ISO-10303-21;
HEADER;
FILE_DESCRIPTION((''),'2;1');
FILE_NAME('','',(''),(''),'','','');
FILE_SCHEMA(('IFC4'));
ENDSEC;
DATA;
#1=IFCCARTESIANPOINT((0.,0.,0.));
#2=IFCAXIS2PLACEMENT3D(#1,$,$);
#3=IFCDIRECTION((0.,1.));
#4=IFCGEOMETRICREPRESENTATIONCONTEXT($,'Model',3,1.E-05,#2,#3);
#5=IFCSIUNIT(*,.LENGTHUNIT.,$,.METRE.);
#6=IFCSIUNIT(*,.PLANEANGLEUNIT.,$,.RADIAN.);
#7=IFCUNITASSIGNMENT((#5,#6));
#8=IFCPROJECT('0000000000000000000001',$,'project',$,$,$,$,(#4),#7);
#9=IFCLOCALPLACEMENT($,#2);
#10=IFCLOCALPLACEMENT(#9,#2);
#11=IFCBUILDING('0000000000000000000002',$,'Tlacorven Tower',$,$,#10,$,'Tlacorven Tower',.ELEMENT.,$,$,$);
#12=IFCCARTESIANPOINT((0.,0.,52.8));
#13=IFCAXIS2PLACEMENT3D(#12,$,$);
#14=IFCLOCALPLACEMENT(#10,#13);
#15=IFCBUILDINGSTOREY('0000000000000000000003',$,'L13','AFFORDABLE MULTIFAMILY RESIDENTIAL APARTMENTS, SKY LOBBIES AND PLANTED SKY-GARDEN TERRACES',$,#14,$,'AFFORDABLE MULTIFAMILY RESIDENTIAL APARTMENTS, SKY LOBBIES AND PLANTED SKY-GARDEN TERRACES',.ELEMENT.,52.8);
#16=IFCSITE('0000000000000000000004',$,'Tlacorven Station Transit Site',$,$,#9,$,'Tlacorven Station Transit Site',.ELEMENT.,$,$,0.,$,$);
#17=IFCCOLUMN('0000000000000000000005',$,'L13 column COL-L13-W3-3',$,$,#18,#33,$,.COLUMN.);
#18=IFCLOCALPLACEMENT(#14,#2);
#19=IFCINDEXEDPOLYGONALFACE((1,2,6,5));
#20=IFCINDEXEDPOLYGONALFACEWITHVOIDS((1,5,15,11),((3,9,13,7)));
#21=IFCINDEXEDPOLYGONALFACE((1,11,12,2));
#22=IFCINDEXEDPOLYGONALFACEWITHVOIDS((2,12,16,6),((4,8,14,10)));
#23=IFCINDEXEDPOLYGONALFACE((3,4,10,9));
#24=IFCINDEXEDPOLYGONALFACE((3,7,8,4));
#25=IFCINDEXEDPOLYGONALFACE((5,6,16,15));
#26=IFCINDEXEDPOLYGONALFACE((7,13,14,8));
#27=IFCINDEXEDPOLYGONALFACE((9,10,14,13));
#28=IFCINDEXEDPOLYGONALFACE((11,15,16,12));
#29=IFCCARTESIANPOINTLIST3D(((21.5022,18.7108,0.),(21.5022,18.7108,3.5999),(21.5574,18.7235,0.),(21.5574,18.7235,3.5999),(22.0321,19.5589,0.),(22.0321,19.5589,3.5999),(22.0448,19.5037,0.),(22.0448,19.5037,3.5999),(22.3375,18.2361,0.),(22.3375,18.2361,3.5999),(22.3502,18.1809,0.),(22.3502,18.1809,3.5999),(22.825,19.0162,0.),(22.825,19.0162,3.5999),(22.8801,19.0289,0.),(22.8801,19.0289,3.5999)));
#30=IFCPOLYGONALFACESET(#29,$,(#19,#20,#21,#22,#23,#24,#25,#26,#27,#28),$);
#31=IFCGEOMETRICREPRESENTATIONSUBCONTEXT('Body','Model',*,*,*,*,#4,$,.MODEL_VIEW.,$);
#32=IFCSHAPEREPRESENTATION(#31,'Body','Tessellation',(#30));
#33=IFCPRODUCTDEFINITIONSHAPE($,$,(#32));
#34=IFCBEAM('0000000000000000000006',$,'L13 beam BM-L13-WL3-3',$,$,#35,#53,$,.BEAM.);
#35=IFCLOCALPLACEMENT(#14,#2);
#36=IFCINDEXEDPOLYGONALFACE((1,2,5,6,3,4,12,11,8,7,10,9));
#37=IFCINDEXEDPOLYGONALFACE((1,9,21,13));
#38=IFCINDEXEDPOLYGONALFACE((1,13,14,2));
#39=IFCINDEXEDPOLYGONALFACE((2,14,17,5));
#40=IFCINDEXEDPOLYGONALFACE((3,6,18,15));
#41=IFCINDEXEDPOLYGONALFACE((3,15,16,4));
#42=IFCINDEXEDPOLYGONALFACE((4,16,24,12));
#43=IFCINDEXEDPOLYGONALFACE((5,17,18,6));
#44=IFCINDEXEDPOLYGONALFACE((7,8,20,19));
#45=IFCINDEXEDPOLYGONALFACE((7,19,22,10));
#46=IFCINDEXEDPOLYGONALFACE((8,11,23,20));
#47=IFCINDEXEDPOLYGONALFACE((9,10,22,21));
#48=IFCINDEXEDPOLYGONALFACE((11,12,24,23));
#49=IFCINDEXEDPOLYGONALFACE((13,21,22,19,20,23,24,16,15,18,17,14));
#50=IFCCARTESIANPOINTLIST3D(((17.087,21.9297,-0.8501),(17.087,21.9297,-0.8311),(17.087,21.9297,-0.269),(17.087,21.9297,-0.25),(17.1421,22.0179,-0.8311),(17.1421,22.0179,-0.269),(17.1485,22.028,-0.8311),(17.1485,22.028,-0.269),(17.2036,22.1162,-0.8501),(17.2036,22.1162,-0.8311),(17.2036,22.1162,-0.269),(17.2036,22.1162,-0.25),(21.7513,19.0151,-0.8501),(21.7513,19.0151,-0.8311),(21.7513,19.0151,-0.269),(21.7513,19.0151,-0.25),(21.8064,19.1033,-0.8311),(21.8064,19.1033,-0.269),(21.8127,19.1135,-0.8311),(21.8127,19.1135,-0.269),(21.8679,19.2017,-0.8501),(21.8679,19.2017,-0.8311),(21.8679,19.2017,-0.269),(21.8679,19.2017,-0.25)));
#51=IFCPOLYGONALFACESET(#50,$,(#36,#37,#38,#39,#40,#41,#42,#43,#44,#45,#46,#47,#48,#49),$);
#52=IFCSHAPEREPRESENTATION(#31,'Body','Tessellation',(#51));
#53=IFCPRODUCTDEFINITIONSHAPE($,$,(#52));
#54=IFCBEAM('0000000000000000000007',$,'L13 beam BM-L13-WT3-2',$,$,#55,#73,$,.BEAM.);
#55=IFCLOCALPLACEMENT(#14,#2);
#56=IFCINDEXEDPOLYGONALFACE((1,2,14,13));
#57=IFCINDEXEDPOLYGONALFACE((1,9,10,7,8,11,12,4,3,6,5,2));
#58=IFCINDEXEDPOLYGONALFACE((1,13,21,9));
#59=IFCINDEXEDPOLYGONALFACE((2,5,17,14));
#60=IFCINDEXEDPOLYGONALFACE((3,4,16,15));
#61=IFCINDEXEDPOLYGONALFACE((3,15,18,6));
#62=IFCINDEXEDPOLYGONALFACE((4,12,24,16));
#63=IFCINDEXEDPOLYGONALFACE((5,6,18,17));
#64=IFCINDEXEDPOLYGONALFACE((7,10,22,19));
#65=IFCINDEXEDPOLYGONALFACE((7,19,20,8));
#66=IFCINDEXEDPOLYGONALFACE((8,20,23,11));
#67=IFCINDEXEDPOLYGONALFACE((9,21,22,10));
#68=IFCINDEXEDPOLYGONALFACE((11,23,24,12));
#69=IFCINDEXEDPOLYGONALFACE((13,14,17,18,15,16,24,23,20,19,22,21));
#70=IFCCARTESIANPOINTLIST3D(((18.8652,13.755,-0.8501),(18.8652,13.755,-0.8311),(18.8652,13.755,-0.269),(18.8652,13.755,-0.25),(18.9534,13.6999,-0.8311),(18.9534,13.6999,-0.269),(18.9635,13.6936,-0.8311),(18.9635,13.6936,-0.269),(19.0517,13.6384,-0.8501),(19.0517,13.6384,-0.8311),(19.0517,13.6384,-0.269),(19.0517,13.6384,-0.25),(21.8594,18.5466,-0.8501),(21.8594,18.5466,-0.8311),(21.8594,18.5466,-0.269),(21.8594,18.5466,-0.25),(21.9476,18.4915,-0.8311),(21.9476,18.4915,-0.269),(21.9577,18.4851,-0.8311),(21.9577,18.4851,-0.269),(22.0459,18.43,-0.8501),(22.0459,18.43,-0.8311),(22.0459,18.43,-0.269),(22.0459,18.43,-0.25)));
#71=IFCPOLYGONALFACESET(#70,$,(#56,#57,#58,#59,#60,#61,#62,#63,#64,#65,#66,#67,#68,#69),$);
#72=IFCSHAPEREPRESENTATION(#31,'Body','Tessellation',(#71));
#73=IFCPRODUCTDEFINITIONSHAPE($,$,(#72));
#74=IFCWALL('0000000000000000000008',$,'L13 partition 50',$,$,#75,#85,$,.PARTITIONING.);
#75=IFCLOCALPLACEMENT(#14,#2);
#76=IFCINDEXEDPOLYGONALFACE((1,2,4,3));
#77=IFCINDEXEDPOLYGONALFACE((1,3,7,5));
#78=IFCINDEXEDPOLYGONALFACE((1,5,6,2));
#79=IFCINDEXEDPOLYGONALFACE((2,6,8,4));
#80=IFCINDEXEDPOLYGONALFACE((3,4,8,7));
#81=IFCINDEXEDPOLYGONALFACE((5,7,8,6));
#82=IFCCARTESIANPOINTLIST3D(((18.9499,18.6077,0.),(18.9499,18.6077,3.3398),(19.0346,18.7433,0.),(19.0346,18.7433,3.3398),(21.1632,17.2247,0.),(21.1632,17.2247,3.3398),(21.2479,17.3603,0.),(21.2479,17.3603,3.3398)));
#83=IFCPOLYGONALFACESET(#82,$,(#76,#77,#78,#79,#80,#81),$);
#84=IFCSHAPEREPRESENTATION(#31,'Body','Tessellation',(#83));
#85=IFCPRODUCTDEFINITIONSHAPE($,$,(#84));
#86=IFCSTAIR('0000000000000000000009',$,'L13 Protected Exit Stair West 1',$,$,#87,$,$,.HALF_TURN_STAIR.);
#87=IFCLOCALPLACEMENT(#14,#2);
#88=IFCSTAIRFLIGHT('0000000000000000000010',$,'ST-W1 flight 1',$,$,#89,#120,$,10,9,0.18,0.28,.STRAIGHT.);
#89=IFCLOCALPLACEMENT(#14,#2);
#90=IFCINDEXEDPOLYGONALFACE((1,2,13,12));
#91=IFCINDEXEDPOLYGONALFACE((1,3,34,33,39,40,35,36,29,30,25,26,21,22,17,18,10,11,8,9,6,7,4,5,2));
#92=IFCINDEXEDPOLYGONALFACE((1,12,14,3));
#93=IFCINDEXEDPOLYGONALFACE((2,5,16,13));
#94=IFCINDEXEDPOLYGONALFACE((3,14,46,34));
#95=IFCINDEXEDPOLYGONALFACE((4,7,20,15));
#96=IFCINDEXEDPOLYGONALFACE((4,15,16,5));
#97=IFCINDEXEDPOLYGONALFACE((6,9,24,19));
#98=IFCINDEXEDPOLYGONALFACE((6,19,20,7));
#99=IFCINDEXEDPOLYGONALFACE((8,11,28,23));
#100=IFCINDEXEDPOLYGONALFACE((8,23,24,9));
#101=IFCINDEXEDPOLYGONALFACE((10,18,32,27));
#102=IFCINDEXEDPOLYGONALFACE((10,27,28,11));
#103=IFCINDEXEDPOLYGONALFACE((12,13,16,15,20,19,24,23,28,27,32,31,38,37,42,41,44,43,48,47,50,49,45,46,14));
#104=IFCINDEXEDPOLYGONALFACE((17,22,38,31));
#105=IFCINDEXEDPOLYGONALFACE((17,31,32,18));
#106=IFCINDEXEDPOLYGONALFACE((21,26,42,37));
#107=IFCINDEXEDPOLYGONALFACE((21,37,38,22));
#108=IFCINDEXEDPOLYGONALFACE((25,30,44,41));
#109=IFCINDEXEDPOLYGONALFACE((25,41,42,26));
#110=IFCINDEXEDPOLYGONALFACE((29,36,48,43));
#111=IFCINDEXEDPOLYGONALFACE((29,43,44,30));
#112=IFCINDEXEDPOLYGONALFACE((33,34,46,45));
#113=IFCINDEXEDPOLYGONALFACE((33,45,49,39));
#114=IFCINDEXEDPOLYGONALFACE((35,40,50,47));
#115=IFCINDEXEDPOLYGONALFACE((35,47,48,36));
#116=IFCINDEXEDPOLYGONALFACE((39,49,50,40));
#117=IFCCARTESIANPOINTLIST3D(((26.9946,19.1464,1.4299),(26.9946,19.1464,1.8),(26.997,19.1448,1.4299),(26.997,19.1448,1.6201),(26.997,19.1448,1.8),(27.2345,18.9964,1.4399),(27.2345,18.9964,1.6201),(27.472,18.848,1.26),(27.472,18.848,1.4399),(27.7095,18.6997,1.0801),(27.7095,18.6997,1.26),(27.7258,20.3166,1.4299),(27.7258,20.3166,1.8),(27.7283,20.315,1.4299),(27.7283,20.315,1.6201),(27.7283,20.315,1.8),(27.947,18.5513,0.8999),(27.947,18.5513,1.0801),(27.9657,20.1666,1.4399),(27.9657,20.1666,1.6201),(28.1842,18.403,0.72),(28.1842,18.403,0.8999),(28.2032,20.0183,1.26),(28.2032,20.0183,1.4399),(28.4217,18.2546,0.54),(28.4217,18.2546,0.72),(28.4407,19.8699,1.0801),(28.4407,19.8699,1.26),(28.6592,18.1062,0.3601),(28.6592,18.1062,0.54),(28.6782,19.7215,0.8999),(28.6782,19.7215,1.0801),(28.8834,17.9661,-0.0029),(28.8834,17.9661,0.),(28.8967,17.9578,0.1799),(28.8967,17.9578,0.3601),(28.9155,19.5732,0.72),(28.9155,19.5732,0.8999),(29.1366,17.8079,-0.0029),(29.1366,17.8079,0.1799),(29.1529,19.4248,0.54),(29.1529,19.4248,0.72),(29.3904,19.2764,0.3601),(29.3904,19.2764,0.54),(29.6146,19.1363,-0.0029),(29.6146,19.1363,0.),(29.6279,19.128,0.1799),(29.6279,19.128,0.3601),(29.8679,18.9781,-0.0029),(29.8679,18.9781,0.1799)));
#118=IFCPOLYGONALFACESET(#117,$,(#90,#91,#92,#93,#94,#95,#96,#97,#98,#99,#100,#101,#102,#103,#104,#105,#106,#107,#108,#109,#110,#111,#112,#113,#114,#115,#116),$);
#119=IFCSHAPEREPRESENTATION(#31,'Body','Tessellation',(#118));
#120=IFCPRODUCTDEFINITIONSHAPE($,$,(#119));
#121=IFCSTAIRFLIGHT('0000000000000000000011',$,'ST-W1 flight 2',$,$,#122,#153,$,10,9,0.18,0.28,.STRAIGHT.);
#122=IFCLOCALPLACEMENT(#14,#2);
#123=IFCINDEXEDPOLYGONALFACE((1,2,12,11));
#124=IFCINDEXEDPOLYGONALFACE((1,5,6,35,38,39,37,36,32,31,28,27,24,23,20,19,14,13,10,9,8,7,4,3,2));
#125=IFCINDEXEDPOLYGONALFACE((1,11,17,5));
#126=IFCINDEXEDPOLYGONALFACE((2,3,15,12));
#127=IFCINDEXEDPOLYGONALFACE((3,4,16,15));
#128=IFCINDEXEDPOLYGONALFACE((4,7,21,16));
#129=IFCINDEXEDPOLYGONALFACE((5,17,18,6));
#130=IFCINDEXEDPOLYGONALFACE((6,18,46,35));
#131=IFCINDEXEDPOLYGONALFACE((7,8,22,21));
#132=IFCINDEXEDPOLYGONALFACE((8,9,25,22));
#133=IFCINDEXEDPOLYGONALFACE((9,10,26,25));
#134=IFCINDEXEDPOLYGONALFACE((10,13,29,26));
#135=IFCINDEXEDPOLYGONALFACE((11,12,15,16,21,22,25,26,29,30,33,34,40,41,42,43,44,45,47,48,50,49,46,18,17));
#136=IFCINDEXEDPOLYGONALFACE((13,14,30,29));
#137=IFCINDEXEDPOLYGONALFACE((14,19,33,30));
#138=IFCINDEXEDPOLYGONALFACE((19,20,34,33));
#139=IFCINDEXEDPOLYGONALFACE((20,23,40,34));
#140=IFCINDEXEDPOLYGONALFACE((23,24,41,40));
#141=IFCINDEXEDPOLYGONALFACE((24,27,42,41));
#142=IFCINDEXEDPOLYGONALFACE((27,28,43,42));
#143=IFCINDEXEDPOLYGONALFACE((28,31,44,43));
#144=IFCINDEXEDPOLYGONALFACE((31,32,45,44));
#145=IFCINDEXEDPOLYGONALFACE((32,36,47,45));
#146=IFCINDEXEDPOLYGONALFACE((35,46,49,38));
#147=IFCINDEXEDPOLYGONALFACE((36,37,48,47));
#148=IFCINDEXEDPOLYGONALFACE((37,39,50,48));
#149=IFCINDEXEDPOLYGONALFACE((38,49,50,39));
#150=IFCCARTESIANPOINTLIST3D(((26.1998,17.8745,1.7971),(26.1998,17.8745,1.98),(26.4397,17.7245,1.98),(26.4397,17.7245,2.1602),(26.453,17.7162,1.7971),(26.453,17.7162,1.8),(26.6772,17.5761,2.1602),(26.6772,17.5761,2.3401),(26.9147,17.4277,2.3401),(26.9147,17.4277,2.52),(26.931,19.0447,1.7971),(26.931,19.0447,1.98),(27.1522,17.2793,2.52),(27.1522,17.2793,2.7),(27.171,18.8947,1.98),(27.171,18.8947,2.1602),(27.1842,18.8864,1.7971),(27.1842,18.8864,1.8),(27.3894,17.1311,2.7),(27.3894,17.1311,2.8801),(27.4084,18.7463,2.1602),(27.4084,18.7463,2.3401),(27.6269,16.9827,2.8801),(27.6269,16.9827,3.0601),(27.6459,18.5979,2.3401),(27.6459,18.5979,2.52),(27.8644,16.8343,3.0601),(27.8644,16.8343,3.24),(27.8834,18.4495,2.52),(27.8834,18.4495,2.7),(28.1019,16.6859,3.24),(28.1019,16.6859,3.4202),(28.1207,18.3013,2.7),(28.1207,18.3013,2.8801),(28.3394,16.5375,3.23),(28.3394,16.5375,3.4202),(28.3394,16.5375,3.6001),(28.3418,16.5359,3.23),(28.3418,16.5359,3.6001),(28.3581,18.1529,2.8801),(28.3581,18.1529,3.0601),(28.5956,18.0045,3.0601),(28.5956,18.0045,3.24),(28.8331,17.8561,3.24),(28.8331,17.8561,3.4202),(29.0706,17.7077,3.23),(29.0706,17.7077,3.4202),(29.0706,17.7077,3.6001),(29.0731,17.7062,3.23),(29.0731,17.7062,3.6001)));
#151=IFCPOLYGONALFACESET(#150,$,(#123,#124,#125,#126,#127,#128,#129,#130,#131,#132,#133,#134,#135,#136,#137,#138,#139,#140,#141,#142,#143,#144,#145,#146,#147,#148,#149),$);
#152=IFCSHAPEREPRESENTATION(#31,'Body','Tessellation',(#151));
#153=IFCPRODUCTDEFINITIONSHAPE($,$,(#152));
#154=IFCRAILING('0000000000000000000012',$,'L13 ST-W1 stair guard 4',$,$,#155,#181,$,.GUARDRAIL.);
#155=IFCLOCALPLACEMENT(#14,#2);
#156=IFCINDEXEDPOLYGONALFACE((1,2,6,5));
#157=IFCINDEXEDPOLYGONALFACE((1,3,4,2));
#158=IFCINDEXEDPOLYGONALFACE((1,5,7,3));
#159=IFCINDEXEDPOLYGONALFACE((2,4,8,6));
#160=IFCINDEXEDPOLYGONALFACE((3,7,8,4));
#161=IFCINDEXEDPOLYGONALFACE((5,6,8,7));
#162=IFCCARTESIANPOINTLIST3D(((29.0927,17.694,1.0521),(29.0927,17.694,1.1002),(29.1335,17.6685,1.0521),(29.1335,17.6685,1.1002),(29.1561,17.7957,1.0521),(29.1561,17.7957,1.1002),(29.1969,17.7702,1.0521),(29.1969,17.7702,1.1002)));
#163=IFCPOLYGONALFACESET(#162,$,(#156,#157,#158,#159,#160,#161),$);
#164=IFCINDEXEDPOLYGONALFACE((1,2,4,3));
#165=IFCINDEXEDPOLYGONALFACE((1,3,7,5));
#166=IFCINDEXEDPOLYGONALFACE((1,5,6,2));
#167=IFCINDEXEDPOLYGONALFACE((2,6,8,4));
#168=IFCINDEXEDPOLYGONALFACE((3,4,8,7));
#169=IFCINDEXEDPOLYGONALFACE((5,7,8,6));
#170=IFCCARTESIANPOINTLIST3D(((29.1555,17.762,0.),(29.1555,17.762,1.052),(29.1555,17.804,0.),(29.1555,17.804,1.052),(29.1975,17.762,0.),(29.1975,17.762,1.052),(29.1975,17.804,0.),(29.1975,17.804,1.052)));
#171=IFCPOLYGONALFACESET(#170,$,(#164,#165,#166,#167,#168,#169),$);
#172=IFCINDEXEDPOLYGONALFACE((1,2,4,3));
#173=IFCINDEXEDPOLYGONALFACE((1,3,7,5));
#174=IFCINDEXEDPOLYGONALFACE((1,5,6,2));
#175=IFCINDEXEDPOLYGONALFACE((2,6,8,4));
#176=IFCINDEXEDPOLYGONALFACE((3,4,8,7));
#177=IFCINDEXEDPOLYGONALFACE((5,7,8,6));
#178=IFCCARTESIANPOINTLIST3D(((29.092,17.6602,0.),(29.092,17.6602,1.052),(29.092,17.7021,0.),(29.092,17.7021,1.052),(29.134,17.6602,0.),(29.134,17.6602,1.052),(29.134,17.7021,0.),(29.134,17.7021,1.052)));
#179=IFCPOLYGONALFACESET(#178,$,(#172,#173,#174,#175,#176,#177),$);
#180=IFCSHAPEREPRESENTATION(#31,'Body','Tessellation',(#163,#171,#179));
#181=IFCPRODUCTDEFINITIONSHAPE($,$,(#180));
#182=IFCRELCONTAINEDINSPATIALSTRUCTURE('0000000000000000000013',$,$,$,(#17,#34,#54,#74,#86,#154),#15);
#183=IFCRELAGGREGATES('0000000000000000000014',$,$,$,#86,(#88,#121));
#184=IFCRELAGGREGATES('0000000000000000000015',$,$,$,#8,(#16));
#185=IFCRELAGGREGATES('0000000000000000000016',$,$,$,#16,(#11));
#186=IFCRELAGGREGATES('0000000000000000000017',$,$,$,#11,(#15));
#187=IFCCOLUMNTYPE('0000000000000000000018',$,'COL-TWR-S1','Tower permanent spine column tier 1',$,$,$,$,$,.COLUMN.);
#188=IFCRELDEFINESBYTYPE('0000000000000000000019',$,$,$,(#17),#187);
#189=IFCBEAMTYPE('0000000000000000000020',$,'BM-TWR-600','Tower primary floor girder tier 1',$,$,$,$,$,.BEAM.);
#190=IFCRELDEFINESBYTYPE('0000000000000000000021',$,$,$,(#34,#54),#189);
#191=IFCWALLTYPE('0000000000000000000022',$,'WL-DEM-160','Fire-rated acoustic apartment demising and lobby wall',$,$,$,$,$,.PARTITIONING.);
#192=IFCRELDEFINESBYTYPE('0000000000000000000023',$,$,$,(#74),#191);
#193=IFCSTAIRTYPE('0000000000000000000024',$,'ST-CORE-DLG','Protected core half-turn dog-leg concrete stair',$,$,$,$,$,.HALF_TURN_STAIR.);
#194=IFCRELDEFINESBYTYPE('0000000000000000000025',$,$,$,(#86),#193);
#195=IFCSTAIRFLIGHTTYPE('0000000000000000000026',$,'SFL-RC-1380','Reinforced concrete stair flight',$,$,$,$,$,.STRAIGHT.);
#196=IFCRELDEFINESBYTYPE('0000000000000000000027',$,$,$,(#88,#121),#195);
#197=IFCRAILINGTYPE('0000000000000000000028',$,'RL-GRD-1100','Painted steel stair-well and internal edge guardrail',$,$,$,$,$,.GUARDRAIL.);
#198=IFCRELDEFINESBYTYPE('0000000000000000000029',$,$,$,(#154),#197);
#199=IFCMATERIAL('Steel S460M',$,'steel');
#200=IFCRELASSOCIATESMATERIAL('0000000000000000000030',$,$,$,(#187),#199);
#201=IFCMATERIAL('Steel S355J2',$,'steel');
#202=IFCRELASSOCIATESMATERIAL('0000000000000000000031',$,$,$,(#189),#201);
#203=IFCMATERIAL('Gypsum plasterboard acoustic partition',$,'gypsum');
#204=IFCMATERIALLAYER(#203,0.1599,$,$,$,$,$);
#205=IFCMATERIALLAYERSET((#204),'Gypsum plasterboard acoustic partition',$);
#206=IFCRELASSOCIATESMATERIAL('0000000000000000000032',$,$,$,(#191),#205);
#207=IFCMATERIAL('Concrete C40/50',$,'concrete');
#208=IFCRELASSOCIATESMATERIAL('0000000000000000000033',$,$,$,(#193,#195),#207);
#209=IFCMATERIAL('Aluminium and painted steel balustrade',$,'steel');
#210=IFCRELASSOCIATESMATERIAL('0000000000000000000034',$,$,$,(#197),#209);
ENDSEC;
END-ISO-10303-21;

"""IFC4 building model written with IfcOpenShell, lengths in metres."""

from ifc_helpers import new_model, si_unit, direction, frame, frame_2d, origin, origin_2d, place, context, subcontext, project, spatial, polyline, rectangle, hollow_rectangle, i_section, outline, extrude, source, transform, mapped, material, layer, layer_set, material_profile, profile_set, type_object, element, aggregate, save


model = new_model("IFC4")

# Units and contexts
model_context = context("Model", 3, precision=1e-05, world=origin(), true_north=direction((0.0, 1.0)))
body_context = subcontext(model_context, "Body", "Model", "MODEL_VIEW")
ifc_project = project(units=[si_unit("LENGTHUNIT", "METRE"), si_unit("PLANEANGLEUNIT", "RADIAN")], contexts=[model_context])

# Site, building, storey
site_placement = place(None, origin())
site = spatial("IfcSite", under=ifc_project, at=site_placement, Name="Tlacorven Station Transit Site", LongName="Tlacorven Station Transit Site", CompositionType="ELEMENT", RefElevation=0.0)
building_placement = place(site_placement, origin())
building = spatial("IfcBuilding", under=site, at=building_placement, Name="Tlacorven Tower", LongName="Tlacorven Tower", CompositionType="ELEMENT")
storey_placement = place(building_placement, frame((0.0, 0.0, 52.8)))
storey = spatial("IfcBuildingStorey", under=building, at=storey_placement, Name="L13", Description="AFFORDABLE MULTIFAMILY RESIDENTIAL APARTMENTS, SKY LOBBIES AND PLANTED SKY-GARDEN TERRACES", LongName="AFFORDABLE MULTIFAMILY RESIDENTIAL APARTMENTS, SKY LOBBIES AND PLANTED SKY-GARDEN TERRACES", CompositionType="ELEMENT", Elevation=52.8)

# Column
ifc_material_1 = material(Name="Steel S460M", Category="steel")
ifc_material_profile_1 = material_profile(ifc_material_1, hollow_rectangle(XDim=1.0, YDim=1.0, WallThickness=0.04, at=origin_2d()), Name="BOX 1000X1000X40")
ifc_profile_set_1 = profile_set([ifc_material_profile_1], Name="Steel S460M")
column_type = type_object("IfcColumnType", Name="COL-TWR-S1", Description="Tower permanent spine column tier 1", PredefinedType="COLUMN", material=ifc_profile_set_1)
shared_shape_1 = source(origin(), body_context, "Body", "SweptSolid", [
    extrude(hollow_rectangle(XDim=1.0, YDim=1.0, WallThickness=0.04, at=origin_2d()), origin(), (0.0, 0.0, 1.0), 3.5999),
])
column_placement = place(storey_placement, frame((22.1912, 18.8699, 0.0), z_axis=(0.0, 0.0, 1.0), x_axis=(-0.848048, 0.529919, 0.0)))
element("IfcColumn", 1, at=column_placement, inside=storey, type_object=column_type, Name="L13 column COL-L13-W3-3", PredefinedType="COLUMN", context=body_context, shape_type="MappedRepresentation", body=[
    mapped(shared_shape_1, transform((0.0, 0.0, 0.0), scale=1.0)),
])

# Beams
ifc_material_2 = material(Name="Steel S355J2", Category="steel")
ifc_material_profile_2 = material_profile(ifc_material_2, i_section(OverallWidth=0.22, OverallDepth=0.6001, WebThickness=0.012, FlangeThickness=0.019, at=origin_2d()), Name="IPE 600")
ifc_profile_set_2 = profile_set([ifc_material_profile_2], Name="Steel S355J2")
beam_type = type_object("IfcBeamType", Name="BM-TWR-600", Description="Tower primary floor girder tier 1", PredefinedType="BEAM", material=ifc_profile_set_2)
shared_shape_2 = source(origin(), body_context, "Body", "SweptSolid", [
    extrude(i_section(OverallWidth=0.22, OverallDepth=0.6001, WebThickness=0.012, FlangeThickness=0.019, at=origin_2d()), origin(), (0.0, 0.0, 1.0), 5.5),
])
beam_1_placement = place(storey_placement, frame((21.8096, 19.1084, -0.55), z_axis=(-0.848051, 0.529915, 0.0), x_axis=(-0.529915, -0.848051, 0.0)))
element("IfcBeam", 2, at=beam_1_placement, inside=storey, type_object=beam_type, Name="L13 beam BM-L13-WL3-3", PredefinedType="BEAM", context=body_context, shape_type="MappedRepresentation", body=[
    mapped(shared_shape_2, transform((0.0, 0.0, 0.0), scale=1.0)),
])
shared_shape_3 = source(origin(), body_context, "Body", "SweptSolid", [
    extrude(i_section(OverallWidth=0.22, OverallDepth=0.6001, WebThickness=0.012, FlangeThickness=0.019, at=origin_2d()), origin(), (0.0, 0.0, 1.0), 5.6501),
])
beam_2_placement = place(storey_placement, frame((21.9526, 18.4883, -0.55), z_axis=(-0.529929, -0.848042, 0.0), x_axis=(0.848042, -0.529929, 0.0)))
element("IfcBeam", 3, at=beam_2_placement, inside=storey, type_object=beam_type, Name="L13 beam BM-L13-WT3-2", PredefinedType="BEAM", context=body_context, shape_type="MappedRepresentation", body=[
    mapped(shared_shape_3, transform((0.0, 0.0, 0.0), scale=1.0)),
])

# Wall
ifc_material_3 = material(Name="Gypsum plasterboard acoustic partition", Category="gypsum")
ifc_layer = layer(ifc_material_3, 0.1599)
ifc_layer_set = layer_set([ifc_layer], Name="Gypsum plasterboard acoustic partition")
wall_type = type_object("IfcWallType", Name="WL-DEM-160", Description="Fire-rated acoustic apartment demising and lobby wall", PredefinedType="PARTITIONING", material=ifc_layer_set)
wall_placement = place(storey_placement, frame((21.2056, 17.2925, 0.0), z_axis=(0.0, 0.0, 1.0), x_axis=(-0.848051, 0.529915, 0.0)))
element("IfcWall", 4, at=wall_placement, inside=storey, type_object=wall_type, Name="L13 partition 50", PredefinedType="PARTITIONING", context=body_context, shape_type="SweptSolid", body=[
    extrude(rectangle(XDim=2.6099, YDim=0.1599, at=frame_2d((1.3049, 0.0))), origin(), (0.0, 0.0, 1.0), 3.3398),
])

# Stair, stair flights
ifc_material_4 = material(Name="Concrete C40/50", Category="concrete")
stair_type = type_object("IfcStairType", Name="ST-CORE-DLG", Description="Protected core half-turn dog-leg concrete stair", PredefinedType="HALF_TURN_STAIR", material=ifc_material_4)
stair_placement = place(storey_placement, origin())
stair = element("IfcStair", 5, at=stair_placement, inside=storey, type_object=stair_type, Name="L13 Protected Exit Stair West 1", PredefinedType="HALF_TURN_STAIR")
stair_flight_type = type_object("IfcStairFlightType", Name="SFL-RC-1380", Description="Reinforced concrete stair flight", PredefinedType="STRAIGHT", material=ifc_material_4)
shared_shape_4 = source(origin(), body_context, "Body", "SweptSolid", [
    extrude(outline(polyline([(-0.0029, -0.0029), (-0.0029, 0.1799), (0.28, 0.1799), (0.28, 0.3601), (0.5601, 0.3601), (0.5601, 0.54), (0.8401, 0.54), (0.8401, 0.72), (1.1201, 0.72), (1.1201, 0.8999), (1.3999, 0.8999), (1.3999, 1.0801), (1.6799, 1.0801), (1.6799, 1.26), (1.96, 1.26), (1.96, 1.4399), (2.24, 1.4399), (2.24, 1.6201), (2.52, 1.6201), (2.52, 1.8), (2.5229, 1.8), (2.5229, 1.4299), (2.52, 1.4299), (0.2957, 0.0), (0.2957, -0.0029), (-0.0029, -0.0029)])), frame((0.0, 0.6899, 0.0), z_axis=(0.0, -1.0, 0.0), x_axis=(1.0, 0.0, 0.0)), (0.0, 0.0, 1.0), 1.3799),
])
stair_flight_1_placement = place(storey_placement, frame((29.4998, 18.3945, 0.0), z_axis=(0.0, 0.0, 1.0), x_axis=(-0.848048, 0.529919, 0.0)))
stair_flight_1 = element("IfcStairFlight", 6, at=stair_flight_1_placement, type_object=stair_flight_type, Name="ST-W1 flight 1", NumberOfRisers=10, NumberOfTreads=9, PredefinedType="STRAIGHT", RiserHeight=0.18, TreadLength=0.28, context=body_context, shape_type="MappedRepresentation", body=[
    mapped(shared_shape_4, transform((0.0, 0.0, 0.0), scale=1.0)),
])
stair_flight_2_placement = place(storey_placement, frame((26.5679, 18.458, 1.8), z_axis=(0.0, 0.0, 1.0), x_axis=(0.848048, -0.529919, 0.0)))
stair_flight_2 = element("IfcStairFlight", 7, at=stair_flight_2_placement, type_object=stair_flight_type, Name="ST-W1 flight 2", NumberOfRisers=10, NumberOfTreads=9, PredefinedType="STRAIGHT", RiserHeight=0.18, TreadLength=0.28, context=body_context, shape_type="MappedRepresentation", body=[
    mapped(shared_shape_4, transform((0.0, 0.0, 0.0), scale=1.0)),
])
aggregate(stair, [stair_flight_1, stair_flight_2])

# Railing
ifc_material_5 = material(Name="Aluminium and painted steel balustrade", Category="steel")
railing_type_1 = type_object("IfcRailingType", Name="RL-GRD-1100", Description="Painted steel stair-well and internal edge guardrail", PredefinedType="GUARDRAIL", material=ifc_material_5)
shared_shape_5 = source(origin(), body_context, "Body", "SweptSolid", [
    extrude(rectangle(XDim=0.0481, YDim=0.0481, at=origin_2d()), frame((0.0, 0.0, 1.0762), z_axis=(-0.529084, -0.848569, 0.0), x_axis=(0.848569, -0.529084, 0.0)), (0.0, 0.0, 1.0), 0.1199),
    extrude(rectangle(XDim=0.042, YDim=0.042, at=origin_2d()), origin(), (0.0, 0.0, 1.0), 1.052),
    extrude(rectangle(XDim=0.042, YDim=0.042, at=origin_2d()), frame((-0.0635, -0.1018, 0.0)), (0.0, 0.0, 1.0), 1.052),
])
railing_1_placement = place(storey_placement, frame((29.1765, 17.783, 0.0)))
element("IfcRailing", 8, at=railing_1_placement, inside=storey, type_object=railing_type_1, Name="L13 ST-W1 stair guard 4", PredefinedType="GUARDRAIL", context=body_context, shape_type="MappedRepresentation", body=[
    mapped(shared_shape_5, transform((0.0, 0.0, 0.0), scale=1.0)),
])

save(model, "model.ifc")
